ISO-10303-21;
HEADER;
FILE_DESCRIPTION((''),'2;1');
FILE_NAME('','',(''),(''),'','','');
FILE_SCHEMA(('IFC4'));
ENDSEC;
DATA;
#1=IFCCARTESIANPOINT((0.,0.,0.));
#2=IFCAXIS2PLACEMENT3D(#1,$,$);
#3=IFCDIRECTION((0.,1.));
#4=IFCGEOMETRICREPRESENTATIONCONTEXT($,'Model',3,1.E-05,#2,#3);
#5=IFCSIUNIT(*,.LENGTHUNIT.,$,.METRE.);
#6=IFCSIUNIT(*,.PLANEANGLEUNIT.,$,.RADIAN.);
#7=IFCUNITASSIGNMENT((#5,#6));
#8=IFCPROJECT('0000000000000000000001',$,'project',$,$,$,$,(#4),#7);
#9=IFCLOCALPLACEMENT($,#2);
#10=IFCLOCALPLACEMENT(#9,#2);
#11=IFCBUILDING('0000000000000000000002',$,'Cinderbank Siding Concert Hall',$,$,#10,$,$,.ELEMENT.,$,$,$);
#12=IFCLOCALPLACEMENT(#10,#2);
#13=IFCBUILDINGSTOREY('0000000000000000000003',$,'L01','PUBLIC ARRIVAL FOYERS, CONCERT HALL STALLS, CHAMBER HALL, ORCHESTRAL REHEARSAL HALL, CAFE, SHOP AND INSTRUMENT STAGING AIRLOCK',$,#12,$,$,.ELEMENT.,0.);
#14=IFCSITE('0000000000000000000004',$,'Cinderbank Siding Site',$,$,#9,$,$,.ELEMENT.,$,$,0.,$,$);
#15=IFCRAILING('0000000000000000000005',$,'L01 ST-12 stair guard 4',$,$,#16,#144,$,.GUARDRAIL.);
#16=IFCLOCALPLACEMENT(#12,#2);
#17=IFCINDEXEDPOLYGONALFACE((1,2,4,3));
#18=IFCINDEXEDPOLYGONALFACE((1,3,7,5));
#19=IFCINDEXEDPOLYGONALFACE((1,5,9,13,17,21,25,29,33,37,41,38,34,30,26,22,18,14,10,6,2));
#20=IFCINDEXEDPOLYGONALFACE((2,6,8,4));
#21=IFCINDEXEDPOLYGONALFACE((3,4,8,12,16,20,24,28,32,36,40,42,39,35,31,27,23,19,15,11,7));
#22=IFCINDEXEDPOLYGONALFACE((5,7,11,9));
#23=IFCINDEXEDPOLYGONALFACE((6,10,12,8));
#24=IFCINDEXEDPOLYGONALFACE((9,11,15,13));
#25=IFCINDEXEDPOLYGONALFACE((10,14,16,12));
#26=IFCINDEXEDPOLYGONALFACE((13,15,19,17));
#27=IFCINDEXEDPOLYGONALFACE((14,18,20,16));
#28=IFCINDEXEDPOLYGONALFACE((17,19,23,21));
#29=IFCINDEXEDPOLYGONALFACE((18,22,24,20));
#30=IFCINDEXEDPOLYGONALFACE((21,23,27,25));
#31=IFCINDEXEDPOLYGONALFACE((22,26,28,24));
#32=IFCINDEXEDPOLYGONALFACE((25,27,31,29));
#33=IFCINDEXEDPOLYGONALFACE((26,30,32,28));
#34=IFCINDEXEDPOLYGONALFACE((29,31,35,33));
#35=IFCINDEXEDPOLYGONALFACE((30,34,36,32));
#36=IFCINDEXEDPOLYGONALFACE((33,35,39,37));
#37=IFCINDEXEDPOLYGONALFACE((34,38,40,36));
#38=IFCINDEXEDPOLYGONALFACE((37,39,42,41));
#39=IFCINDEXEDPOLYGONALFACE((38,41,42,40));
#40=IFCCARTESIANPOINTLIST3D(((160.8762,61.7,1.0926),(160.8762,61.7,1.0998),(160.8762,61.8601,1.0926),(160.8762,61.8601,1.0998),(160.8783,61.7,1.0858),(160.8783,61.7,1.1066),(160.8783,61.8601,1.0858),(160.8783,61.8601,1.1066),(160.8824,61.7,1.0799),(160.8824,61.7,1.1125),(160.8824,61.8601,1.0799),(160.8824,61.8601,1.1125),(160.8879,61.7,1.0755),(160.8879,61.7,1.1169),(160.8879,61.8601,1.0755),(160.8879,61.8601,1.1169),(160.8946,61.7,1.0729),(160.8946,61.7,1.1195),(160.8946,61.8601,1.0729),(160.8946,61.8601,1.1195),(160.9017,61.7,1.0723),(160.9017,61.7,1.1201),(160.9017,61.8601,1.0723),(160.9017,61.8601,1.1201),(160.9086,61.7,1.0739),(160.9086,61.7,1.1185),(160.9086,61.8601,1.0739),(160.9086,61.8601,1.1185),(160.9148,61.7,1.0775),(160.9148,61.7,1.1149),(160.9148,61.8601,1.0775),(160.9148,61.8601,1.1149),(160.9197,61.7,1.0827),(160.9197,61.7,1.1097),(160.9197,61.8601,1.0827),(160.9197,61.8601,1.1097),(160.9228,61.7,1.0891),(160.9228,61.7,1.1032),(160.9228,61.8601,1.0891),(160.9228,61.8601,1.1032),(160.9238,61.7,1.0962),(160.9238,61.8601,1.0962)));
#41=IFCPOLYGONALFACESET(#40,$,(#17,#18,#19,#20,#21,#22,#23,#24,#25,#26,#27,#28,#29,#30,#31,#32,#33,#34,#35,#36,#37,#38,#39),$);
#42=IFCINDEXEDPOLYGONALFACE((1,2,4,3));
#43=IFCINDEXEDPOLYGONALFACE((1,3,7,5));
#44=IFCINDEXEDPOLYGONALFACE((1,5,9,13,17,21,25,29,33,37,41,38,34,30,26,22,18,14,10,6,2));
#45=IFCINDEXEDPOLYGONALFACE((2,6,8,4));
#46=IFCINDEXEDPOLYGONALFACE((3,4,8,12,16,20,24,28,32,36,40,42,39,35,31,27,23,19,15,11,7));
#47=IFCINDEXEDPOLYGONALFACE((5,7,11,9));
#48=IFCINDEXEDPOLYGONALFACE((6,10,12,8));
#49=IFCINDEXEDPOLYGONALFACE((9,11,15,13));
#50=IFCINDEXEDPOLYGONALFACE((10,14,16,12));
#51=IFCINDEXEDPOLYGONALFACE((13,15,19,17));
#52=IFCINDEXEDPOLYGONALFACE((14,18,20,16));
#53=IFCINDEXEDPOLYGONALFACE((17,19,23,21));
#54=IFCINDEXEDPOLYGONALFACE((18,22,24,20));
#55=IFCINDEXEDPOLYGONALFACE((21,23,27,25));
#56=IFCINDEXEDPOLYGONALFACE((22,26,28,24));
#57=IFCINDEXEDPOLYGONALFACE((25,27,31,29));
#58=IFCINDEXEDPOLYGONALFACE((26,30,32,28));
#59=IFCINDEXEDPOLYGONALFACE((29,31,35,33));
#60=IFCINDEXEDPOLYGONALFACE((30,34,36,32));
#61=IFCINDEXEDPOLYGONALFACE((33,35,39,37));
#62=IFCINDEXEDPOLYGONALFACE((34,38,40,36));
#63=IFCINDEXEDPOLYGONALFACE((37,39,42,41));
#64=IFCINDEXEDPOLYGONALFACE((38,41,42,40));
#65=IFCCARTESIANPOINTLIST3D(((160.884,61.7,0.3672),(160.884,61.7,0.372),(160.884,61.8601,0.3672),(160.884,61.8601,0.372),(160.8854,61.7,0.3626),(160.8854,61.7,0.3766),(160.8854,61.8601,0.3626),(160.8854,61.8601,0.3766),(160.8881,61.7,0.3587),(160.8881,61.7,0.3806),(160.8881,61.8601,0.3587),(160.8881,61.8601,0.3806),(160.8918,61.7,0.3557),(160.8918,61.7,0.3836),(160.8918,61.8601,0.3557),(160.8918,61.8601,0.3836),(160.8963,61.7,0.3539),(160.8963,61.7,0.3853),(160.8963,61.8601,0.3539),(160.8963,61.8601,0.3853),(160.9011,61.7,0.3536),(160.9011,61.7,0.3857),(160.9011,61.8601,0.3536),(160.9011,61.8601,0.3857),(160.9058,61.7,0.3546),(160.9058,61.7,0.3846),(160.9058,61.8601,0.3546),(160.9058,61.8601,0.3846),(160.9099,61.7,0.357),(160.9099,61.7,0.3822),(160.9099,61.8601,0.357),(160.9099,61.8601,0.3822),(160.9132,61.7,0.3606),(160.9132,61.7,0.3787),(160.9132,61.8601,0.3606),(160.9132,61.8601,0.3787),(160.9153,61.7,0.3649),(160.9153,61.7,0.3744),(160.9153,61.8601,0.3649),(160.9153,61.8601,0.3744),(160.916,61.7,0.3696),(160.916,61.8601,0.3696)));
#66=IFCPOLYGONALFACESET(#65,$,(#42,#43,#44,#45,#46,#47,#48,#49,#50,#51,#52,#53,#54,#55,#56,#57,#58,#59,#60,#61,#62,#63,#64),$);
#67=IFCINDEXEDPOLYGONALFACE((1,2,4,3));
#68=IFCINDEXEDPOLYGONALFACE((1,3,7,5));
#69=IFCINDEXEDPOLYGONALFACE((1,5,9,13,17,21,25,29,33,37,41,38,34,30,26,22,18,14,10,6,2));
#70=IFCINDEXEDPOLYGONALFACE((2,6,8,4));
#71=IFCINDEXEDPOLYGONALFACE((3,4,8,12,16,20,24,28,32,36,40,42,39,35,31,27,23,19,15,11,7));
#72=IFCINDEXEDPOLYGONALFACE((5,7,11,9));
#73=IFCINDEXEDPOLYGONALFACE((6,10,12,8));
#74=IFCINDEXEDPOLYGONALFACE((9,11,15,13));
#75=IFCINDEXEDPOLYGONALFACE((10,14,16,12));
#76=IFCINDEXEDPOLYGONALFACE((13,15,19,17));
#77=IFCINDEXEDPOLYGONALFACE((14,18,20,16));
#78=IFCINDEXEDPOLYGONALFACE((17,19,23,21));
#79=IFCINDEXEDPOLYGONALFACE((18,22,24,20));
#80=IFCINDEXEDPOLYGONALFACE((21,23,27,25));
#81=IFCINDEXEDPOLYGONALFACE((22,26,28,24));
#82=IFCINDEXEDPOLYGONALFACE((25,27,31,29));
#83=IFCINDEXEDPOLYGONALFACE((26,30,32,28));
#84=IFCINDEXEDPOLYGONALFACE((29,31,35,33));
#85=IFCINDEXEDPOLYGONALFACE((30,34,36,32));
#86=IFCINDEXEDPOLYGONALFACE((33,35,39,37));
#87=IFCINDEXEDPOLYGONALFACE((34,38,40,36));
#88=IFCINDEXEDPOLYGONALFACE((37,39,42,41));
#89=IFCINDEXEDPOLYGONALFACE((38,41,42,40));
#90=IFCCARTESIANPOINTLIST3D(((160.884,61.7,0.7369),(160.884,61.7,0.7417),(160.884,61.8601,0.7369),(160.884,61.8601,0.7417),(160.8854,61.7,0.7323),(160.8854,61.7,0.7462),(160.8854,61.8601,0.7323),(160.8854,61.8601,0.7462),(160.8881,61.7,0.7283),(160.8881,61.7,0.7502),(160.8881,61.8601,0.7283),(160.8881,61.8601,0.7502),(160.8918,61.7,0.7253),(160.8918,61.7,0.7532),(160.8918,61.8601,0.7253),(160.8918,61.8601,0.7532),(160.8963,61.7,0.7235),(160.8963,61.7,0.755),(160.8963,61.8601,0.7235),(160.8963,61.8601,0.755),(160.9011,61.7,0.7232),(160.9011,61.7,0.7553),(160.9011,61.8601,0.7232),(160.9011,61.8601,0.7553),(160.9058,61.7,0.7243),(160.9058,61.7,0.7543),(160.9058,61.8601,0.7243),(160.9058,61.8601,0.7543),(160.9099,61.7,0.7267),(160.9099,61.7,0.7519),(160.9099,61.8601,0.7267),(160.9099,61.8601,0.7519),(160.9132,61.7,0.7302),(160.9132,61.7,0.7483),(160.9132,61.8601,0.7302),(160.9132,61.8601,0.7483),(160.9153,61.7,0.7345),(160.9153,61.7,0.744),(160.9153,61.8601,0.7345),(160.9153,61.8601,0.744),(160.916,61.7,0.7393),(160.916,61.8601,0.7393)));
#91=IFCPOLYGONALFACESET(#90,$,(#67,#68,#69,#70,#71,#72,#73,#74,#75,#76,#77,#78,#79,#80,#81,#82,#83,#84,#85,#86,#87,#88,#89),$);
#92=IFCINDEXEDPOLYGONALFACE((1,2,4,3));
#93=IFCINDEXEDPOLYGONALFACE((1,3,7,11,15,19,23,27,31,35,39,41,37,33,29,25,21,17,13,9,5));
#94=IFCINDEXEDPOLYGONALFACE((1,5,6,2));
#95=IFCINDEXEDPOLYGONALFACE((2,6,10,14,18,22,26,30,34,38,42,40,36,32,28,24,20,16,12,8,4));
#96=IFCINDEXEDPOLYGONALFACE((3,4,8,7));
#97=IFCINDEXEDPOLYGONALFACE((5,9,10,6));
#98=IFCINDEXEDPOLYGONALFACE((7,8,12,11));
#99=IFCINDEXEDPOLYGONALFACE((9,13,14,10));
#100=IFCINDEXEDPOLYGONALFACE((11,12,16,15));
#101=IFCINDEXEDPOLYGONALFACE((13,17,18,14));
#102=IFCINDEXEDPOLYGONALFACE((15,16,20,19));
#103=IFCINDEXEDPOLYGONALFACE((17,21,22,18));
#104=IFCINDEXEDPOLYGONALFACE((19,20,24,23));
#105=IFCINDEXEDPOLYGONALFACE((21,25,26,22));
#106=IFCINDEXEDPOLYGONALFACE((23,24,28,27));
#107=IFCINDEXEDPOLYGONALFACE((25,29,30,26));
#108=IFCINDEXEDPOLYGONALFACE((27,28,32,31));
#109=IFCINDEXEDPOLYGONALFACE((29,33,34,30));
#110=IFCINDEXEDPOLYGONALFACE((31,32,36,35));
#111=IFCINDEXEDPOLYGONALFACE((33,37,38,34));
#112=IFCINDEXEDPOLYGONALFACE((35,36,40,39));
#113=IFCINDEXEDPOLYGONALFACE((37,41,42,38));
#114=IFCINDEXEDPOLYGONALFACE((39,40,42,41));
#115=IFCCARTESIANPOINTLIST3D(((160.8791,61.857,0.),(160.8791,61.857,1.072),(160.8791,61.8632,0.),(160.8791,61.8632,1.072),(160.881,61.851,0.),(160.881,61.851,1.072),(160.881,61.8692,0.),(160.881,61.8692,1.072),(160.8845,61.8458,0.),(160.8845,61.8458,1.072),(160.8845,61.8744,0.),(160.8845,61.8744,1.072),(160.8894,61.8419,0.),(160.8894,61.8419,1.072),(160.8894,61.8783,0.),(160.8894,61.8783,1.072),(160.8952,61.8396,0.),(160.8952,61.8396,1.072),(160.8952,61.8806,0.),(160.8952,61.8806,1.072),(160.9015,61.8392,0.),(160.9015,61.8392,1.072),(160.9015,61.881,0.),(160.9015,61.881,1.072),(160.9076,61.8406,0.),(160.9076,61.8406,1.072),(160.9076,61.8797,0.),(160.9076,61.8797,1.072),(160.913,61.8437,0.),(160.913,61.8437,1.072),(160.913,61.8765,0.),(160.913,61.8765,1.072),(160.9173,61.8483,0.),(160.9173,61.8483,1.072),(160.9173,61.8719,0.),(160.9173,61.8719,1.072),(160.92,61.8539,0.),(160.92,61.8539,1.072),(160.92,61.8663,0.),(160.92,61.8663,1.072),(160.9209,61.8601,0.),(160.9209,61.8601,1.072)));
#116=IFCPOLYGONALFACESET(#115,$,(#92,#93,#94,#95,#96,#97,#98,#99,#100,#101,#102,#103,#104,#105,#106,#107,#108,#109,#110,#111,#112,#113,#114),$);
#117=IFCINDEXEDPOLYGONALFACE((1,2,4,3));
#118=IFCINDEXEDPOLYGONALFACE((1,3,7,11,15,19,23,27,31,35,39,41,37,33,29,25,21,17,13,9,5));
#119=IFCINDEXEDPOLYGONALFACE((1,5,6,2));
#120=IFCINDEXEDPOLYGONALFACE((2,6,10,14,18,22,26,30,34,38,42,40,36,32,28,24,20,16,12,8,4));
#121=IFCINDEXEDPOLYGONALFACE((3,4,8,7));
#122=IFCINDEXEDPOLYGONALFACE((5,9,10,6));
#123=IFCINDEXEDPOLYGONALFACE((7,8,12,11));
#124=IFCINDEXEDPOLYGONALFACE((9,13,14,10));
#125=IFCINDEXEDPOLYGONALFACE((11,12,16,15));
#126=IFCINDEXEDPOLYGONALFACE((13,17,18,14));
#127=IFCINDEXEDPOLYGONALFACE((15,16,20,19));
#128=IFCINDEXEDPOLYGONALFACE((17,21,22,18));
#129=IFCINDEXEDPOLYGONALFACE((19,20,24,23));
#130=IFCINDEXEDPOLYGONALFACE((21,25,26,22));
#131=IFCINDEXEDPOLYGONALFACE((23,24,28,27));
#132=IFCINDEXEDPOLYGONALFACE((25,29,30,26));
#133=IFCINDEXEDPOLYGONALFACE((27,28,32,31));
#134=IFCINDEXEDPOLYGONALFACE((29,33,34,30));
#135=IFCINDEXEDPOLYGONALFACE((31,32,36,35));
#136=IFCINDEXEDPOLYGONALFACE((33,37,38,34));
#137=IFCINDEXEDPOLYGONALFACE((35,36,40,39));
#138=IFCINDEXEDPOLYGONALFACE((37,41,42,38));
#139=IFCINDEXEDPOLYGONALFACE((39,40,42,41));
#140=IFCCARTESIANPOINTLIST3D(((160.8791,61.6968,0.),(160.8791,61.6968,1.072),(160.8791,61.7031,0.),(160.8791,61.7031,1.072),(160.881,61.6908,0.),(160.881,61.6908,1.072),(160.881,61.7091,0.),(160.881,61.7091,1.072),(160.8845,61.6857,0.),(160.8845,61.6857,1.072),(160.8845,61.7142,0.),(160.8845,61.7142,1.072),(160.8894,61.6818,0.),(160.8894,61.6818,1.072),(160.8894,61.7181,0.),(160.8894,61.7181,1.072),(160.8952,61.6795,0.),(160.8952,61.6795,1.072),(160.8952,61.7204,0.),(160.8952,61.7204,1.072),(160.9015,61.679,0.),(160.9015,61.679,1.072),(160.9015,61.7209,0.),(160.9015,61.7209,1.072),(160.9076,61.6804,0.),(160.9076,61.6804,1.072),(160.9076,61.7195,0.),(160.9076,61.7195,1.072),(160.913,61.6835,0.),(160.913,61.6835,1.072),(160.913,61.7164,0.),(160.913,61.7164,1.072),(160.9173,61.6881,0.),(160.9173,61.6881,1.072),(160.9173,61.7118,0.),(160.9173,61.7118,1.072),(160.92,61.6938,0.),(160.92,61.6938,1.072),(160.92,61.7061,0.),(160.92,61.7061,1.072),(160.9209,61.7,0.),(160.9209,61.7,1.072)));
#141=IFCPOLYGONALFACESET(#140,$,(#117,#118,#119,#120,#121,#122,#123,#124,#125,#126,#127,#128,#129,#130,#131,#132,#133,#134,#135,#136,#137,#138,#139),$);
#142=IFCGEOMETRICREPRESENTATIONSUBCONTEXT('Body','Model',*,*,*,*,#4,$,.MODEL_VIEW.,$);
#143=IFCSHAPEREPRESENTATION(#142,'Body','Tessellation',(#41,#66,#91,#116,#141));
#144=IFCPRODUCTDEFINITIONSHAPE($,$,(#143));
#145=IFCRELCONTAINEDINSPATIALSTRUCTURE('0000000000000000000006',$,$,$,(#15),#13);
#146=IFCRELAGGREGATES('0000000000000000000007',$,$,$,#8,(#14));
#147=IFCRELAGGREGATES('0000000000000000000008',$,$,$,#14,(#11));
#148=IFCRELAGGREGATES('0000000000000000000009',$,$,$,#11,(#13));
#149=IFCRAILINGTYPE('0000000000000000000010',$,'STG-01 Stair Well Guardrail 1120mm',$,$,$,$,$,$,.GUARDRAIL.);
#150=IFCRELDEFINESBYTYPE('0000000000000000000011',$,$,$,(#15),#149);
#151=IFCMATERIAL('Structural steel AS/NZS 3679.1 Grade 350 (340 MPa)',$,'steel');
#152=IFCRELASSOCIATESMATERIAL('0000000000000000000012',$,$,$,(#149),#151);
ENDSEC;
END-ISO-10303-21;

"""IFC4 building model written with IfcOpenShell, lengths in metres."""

from ifc_helpers import new_model, si_unit, direction, frame, origin, origin_2d, place, context, subcontext, project, spatial, circle, extrude, material, type_object, element, save


model = new_model("IFC4")

# Units and contexts
model_context = context("Model", 3, precision=1e-05, world=origin(), true_north=direction((0.0, 1.0)))
body_context = subcontext(model_context, "Body", "Model", "MODEL_VIEW")
ifc_project = project(units=[si_unit("LENGTHUNIT", "METRE"), si_unit("PLANEANGLEUNIT", "RADIAN")], contexts=[model_context])

# Site, building, storey
site_placement = place(None, origin())
site = spatial("IfcSite", under=ifc_project, at=site_placement, Name="Cinderbank Siding Site", CompositionType="ELEMENT", RefElevation=0.0)
building_placement = place(site_placement, origin())
building = spatial("IfcBuilding", under=site, at=building_placement, Name="Cinderbank Siding Concert Hall", CompositionType="ELEMENT")
storey_placement = place(building_placement, origin())
storey = spatial("IfcBuildingStorey", under=building, at=storey_placement, Name="L01", Description="PUBLIC ARRIVAL FOYERS, CONCERT HALL STALLS, CHAMBER HALL, ORCHESTRAL REHEARSAL HALL, CAFE, SHOP AND INSTRUMENT STAGING AIRLOCK", CompositionType="ELEMENT", Elevation=0.0)

# Shared definitions
ifc_material_1 = material(Name="Structural steel AS/NZS 3679.1 Grade 350 (340 MPa)", Category="steel")

# Railing
railing_type_1 = type_object("IfcRailingType", Name="STG-01 Stair Well Guardrail 1120mm", PredefinedType="GUARDRAIL", material=ifc_material_1)
railing_1_placement = place(storey_placement, frame((160.8999, 61.8601, 0.0)))
element("IfcRailing", 1, at=railing_1_placement, inside=storey, type_object=railing_type_1, Name="L01 ST-12 stair guard 4", PredefinedType="GUARDRAIL", context=body_context, shape_type="SweptSolid", body=[
    extrude(circle(Radius=0.0239, at=origin_2d()), frame((0.0, 0.0, 1.0962), z_axis=(0.0, -1.0, 0.0), x_axis=(1.0, 0.0, 0.0)), (0.0, 0.0, 1.0), 0.1602),
    extrude(circle(Radius=0.0161, at=origin_2d()), frame((0.0, 0.0, 0.3696), z_axis=(0.0, -1.0, 0.0), x_axis=(1.0, 0.0, 0.0)), (0.0, 0.0, 1.0), 0.1602),
    extrude(circle(Radius=0.0161, at=origin_2d()), frame((0.0, 0.0, 0.7393), z_axis=(0.0, -1.0, 0.0), x_axis=(1.0, 0.0, 0.0)), (0.0, 0.0, 1.0), 0.1602),
    extrude(circle(Radius=0.021, at=origin_2d()), origin(), (0.0, 0.0, 1.0), 1.072),
    extrude(circle(Radius=0.021, at=origin_2d()), frame((0.0, -0.1602, 0.0)), (0.0, 0.0, 1.0), 1.072),
])

save(model, "model.ifc")
